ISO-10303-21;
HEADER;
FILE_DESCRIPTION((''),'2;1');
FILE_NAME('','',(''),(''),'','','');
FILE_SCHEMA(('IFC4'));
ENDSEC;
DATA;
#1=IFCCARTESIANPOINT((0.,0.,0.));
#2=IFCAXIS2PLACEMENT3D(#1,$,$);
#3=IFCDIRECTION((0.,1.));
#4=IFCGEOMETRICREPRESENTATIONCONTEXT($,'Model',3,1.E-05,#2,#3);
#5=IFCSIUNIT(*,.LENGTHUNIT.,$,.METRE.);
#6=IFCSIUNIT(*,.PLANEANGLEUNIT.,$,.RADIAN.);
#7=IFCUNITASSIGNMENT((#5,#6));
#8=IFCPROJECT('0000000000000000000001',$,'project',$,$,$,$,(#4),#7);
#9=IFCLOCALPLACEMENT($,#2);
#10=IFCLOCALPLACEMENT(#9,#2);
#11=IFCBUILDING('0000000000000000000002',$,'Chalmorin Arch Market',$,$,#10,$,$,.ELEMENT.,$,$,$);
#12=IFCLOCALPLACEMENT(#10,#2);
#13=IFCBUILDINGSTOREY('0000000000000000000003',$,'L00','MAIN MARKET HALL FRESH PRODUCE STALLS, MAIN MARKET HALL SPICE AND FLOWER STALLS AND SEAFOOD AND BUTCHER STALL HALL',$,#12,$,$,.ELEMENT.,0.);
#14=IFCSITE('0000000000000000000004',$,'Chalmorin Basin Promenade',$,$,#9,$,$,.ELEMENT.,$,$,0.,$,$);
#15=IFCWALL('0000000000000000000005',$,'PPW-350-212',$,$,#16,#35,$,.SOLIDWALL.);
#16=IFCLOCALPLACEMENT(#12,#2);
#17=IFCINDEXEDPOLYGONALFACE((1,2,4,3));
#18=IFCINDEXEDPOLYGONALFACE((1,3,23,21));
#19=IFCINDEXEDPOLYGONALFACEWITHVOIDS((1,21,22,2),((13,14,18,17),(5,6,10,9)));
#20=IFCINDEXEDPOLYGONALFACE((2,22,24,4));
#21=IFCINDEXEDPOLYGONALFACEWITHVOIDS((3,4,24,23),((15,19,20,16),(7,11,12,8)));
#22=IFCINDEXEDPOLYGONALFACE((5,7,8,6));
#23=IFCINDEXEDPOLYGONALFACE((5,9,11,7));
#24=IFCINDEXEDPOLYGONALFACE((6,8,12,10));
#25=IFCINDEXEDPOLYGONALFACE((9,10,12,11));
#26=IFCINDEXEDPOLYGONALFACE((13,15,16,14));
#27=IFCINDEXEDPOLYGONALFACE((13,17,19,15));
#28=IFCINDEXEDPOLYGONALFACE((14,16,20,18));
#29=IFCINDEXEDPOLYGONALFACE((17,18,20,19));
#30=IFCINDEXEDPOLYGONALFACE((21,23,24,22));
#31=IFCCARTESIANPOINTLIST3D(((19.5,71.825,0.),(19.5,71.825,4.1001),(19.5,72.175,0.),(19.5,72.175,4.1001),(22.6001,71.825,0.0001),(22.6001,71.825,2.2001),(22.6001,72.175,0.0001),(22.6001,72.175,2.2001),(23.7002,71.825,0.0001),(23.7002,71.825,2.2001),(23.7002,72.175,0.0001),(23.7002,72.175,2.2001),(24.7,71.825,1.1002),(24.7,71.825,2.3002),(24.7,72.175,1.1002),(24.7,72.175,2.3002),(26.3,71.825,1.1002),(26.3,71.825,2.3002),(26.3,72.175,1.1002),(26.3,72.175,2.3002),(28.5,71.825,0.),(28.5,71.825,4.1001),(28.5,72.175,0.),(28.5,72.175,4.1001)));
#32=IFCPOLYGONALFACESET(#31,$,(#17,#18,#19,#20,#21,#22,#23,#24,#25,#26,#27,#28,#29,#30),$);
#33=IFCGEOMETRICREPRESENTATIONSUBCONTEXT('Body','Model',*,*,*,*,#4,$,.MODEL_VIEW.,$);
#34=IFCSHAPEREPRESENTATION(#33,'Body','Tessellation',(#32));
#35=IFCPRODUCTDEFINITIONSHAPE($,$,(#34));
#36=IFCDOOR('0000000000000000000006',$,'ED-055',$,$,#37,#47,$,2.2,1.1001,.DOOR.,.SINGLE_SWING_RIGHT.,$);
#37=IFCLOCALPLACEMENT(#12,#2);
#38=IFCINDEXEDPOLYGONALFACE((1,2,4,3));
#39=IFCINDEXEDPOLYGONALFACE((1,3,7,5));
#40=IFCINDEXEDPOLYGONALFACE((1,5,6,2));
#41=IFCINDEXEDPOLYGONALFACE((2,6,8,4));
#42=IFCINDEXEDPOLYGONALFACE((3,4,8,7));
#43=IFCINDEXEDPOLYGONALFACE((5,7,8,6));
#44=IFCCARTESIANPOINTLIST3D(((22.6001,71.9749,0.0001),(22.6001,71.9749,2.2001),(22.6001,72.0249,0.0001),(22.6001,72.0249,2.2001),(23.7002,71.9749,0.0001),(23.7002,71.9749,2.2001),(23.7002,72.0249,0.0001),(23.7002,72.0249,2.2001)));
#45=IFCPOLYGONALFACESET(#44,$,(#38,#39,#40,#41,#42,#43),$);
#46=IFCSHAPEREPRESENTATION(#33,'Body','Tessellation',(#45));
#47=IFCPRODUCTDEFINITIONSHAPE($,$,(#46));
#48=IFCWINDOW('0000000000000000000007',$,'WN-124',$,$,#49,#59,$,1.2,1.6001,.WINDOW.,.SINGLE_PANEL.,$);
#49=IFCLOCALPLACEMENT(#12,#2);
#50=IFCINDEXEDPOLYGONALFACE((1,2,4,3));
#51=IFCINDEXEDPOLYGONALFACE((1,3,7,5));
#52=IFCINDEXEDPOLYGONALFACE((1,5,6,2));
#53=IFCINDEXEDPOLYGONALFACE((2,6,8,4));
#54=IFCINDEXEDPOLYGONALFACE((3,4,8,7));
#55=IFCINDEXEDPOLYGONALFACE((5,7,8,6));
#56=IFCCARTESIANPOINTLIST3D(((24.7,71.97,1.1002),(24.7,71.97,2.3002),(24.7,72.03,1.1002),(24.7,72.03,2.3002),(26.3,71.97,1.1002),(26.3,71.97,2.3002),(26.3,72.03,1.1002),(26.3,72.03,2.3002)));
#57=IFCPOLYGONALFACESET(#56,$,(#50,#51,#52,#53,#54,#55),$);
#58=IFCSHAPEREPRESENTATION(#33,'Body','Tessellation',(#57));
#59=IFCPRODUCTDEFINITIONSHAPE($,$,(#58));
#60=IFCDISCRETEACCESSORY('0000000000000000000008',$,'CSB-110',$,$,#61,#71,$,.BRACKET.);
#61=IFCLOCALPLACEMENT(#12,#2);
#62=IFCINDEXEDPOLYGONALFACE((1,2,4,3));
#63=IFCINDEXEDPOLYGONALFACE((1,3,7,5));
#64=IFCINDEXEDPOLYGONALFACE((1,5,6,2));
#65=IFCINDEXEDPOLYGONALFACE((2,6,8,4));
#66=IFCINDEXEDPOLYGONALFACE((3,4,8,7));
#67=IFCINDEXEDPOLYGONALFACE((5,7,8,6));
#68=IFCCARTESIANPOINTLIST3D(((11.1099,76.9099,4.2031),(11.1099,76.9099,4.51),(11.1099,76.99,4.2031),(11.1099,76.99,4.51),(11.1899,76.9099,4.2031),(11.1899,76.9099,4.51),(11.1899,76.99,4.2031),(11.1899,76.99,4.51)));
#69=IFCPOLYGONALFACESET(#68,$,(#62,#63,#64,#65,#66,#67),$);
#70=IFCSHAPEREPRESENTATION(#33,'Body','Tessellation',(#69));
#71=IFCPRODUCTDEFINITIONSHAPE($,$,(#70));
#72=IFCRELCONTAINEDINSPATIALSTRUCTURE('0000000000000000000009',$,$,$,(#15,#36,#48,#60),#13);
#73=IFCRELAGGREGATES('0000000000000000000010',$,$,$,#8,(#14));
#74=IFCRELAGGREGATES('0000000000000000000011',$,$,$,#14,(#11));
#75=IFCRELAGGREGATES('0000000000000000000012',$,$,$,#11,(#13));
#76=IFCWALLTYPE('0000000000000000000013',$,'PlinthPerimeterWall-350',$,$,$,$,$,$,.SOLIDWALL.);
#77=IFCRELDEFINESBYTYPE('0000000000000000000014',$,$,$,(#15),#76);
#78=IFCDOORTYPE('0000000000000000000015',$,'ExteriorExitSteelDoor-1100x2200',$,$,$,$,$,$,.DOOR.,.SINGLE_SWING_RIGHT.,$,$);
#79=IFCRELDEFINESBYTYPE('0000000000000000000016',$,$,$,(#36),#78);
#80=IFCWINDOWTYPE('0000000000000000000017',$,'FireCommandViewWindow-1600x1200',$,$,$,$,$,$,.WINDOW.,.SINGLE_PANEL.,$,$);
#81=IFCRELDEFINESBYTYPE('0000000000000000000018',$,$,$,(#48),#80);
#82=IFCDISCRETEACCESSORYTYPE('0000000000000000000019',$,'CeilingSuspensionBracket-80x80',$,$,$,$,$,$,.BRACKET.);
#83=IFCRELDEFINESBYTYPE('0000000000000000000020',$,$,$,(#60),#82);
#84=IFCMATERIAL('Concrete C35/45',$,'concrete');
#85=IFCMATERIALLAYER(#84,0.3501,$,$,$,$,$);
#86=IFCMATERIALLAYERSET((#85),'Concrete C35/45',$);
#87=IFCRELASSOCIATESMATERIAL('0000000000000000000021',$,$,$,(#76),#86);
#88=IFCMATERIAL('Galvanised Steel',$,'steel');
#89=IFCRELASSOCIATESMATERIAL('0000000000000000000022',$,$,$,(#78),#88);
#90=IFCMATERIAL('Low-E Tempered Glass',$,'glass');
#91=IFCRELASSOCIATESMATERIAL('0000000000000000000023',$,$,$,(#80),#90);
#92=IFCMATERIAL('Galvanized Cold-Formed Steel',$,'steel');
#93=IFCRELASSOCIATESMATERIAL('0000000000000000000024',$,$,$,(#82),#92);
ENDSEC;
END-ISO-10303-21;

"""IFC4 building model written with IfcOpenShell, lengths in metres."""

from ifc_helpers import new_model, si_unit, direction, frame, frame_2d, origin, origin_2d, place, context, subcontext, project, spatial, rectangle, extrude, material, layer, layer_set, type_object, element, fill, save


model = new_model("IFC4")

# Units and contexts
model_context = context("Model", 3, precision=1e-05, world=origin(), true_north=direction((0.0, 1.0)))
body_context = subcontext(model_context, "Body", "Model", "MODEL_VIEW")
ifc_project = project(units=[si_unit("LENGTHUNIT", "METRE"), si_unit("PLANEANGLEUNIT", "RADIAN")], contexts=[model_context])

# Site, building, storey
site_placement = place(None, origin())
site = spatial("IfcSite", under=ifc_project, at=site_placement, Name="Chalmorin Basin Promenade", CompositionType="ELEMENT", RefElevation=0.0)
building_placement = place(site_placement, origin())
building = spatial("IfcBuilding", under=site, at=building_placement, Name="Chalmorin Arch Market", CompositionType="ELEMENT")
storey_placement = place(building_placement, origin())
storey = spatial("IfcBuildingStorey", under=building, at=storey_placement, Name="L00", Description="MAIN MARKET HALL FRESH PRODUCE STALLS, MAIN MARKET HALL SPICE AND FLOWER STALLS AND SEAFOOD AND BUTCHER STALL HALL", CompositionType="ELEMENT", Elevation=0.0)

# Shared definitions
ifc_material_1 = material(Name="Galvanised Steel", Category="steel")

# Shared definitions
ifc_material_2 = material(Name="Concrete C35/45", Category="concrete")
ifc_layer_1 = layer(ifc_material_2, 0.3501)
ifc_layer_set_1 = layer_set([ifc_layer_1], Name="Concrete C35/45")
wall_type_1 = type_object("IfcWallType", Name="PlinthPerimeterWall-350", PredefinedType="SOLIDWALL", material=ifc_layer_set_1)

# Wall, openings, door, window
wall_1_placement = place(storey_placement, frame((19.5, 72.0, 0.0), z_axis=(0.0, 0.0, 1.0), x_axis=(1.0, 0.0, 0.0)))
wall_1 = element("IfcWall", 1, at=wall_1_placement, inside=storey, type_object=wall_type_1, Name="PPW-350-212", PredefinedType="SOLIDWALL", context=body_context, shape_type="SweptSolid", body=[
    extrude(rectangle(XDim=9.0, YDim=0.3501, at=frame_2d((4.5, 0.0))), origin(), (0.0, 0.0, 1.0), 4.1001),
])
opening_1_placement = place(wall_1_placement, frame((3.1001, 0.0, 0.0)))
opening_1 = element("IfcOpeningElement", 2, at=opening_1_placement, cuts=wall_1, PredefinedType="OPENING", context=body_context, shape_type="SweptSolid", body=[
    extrude(rectangle(XDim=1.1001, YDim=2.2, at=frame_2d((0.55, 1.1001))), frame((0.0, 0.1851, 0.0), z_axis=(0.0, -1.0, 0.0), x_axis=(1.0, 0.0, 0.0)), (0.0, 0.0, 1.0), 0.3701),
])
opening_2_placement = place(wall_1_placement, frame((5.2, 0.0, 1.1001)))
opening_2 = element("IfcOpeningElement", 3, at=opening_2_placement, cuts=wall_1, PredefinedType="OPENING", context=body_context, shape_type="SweptSolid", body=[
    extrude(rectangle(XDim=1.6001, YDim=1.2, at=frame_2d((0.8, 0.6001))), frame((0.0, 0.1851, 0.0), z_axis=(0.0, -1.0, 0.0), x_axis=(1.0, 0.0, 0.0)), (0.0, 0.0, 1.0), 0.3701),
])
door_type_1 = type_object("IfcDoorType", Name="ExteriorExitSteelDoor-1100x2200", OperationType="SINGLE_SWING_RIGHT", PredefinedType="DOOR", material=ifc_material_1)
door_1_placement = place(opening_1_placement, origin())
door_1 = element("IfcDoor", 4, at=door_1_placement, inside=storey, type_object=door_type_1, Name="ED-055", OperationType="SINGLE_SWING_RIGHT", OverallHeight=2.2, OverallWidth=1.1001, PredefinedType="DOOR", context=body_context, shape_type="SweptSolid", body=[
    extrude(rectangle(XDim=1.1001, YDim=2.2, at=frame_2d((0.55, 1.1001))), frame((0.0, 0.0249, 0.0), z_axis=(0.0, -1.0, 0.0), x_axis=(1.0, 0.0, 0.0)), (0.0, 0.0, 1.0), 0.05),
])
fill(opening_1, door_1)
ifc_material_3 = material(Name="Low-E Tempered Glass", Category="glass")
window_type = type_object("IfcWindowType", Name="FireCommandViewWindow-1600x1200", PartitioningType="SINGLE_PANEL", PredefinedType="WINDOW", material=ifc_material_3)
window_placement = place(opening_2_placement, origin())
window = element("IfcWindow", 5, at=window_placement, inside=storey, type_object=window_type, Name="WN-124", OverallHeight=1.2, OverallWidth=1.6001, PartitioningType="SINGLE_PANEL", PredefinedType="WINDOW", context=body_context, shape_type="SweptSolid", body=[
    extrude(rectangle(XDim=1.6001, YDim=1.2, at=frame_2d((0.8, 0.6001))), frame((0.0, 0.03, 0.0), z_axis=(0.0, -1.0, 0.0), x_axis=(1.0, 0.0, 0.0)), (0.0, 0.0, 1.0), 0.0601),
])
fill(opening_2, window)

# Discrete accessory
ifc_material_4 = material(Name="Galvanized Cold-Formed Steel", Category="steel")
discrete_accessory_type = type_object("IfcDiscreteAccessoryType", Name="CeilingSuspensionBracket-80x80", PredefinedType="BRACKET", material=ifc_material_4)
discrete_accessory_placement = place(storey_placement, frame((11.1499, 76.95, 4.2031), z_axis=(0.0, 0.0, 1.0), x_axis=(1.0, 0.0, 0.0)))
element("IfcDiscreteAccessory", 6, at=discrete_accessory_placement, inside=storey, type_object=discrete_accessory_type, Name="CSB-110", PredefinedType="BRACKET", context=body_context, shape_type="SweptSolid", body=[
    extrude(rectangle(XDim=0.0801, YDim=0.0801, at=origin_2d()), origin(), (0.0, 0.0, 1.0), 0.3069),
])

save(model, "model.ifc")
